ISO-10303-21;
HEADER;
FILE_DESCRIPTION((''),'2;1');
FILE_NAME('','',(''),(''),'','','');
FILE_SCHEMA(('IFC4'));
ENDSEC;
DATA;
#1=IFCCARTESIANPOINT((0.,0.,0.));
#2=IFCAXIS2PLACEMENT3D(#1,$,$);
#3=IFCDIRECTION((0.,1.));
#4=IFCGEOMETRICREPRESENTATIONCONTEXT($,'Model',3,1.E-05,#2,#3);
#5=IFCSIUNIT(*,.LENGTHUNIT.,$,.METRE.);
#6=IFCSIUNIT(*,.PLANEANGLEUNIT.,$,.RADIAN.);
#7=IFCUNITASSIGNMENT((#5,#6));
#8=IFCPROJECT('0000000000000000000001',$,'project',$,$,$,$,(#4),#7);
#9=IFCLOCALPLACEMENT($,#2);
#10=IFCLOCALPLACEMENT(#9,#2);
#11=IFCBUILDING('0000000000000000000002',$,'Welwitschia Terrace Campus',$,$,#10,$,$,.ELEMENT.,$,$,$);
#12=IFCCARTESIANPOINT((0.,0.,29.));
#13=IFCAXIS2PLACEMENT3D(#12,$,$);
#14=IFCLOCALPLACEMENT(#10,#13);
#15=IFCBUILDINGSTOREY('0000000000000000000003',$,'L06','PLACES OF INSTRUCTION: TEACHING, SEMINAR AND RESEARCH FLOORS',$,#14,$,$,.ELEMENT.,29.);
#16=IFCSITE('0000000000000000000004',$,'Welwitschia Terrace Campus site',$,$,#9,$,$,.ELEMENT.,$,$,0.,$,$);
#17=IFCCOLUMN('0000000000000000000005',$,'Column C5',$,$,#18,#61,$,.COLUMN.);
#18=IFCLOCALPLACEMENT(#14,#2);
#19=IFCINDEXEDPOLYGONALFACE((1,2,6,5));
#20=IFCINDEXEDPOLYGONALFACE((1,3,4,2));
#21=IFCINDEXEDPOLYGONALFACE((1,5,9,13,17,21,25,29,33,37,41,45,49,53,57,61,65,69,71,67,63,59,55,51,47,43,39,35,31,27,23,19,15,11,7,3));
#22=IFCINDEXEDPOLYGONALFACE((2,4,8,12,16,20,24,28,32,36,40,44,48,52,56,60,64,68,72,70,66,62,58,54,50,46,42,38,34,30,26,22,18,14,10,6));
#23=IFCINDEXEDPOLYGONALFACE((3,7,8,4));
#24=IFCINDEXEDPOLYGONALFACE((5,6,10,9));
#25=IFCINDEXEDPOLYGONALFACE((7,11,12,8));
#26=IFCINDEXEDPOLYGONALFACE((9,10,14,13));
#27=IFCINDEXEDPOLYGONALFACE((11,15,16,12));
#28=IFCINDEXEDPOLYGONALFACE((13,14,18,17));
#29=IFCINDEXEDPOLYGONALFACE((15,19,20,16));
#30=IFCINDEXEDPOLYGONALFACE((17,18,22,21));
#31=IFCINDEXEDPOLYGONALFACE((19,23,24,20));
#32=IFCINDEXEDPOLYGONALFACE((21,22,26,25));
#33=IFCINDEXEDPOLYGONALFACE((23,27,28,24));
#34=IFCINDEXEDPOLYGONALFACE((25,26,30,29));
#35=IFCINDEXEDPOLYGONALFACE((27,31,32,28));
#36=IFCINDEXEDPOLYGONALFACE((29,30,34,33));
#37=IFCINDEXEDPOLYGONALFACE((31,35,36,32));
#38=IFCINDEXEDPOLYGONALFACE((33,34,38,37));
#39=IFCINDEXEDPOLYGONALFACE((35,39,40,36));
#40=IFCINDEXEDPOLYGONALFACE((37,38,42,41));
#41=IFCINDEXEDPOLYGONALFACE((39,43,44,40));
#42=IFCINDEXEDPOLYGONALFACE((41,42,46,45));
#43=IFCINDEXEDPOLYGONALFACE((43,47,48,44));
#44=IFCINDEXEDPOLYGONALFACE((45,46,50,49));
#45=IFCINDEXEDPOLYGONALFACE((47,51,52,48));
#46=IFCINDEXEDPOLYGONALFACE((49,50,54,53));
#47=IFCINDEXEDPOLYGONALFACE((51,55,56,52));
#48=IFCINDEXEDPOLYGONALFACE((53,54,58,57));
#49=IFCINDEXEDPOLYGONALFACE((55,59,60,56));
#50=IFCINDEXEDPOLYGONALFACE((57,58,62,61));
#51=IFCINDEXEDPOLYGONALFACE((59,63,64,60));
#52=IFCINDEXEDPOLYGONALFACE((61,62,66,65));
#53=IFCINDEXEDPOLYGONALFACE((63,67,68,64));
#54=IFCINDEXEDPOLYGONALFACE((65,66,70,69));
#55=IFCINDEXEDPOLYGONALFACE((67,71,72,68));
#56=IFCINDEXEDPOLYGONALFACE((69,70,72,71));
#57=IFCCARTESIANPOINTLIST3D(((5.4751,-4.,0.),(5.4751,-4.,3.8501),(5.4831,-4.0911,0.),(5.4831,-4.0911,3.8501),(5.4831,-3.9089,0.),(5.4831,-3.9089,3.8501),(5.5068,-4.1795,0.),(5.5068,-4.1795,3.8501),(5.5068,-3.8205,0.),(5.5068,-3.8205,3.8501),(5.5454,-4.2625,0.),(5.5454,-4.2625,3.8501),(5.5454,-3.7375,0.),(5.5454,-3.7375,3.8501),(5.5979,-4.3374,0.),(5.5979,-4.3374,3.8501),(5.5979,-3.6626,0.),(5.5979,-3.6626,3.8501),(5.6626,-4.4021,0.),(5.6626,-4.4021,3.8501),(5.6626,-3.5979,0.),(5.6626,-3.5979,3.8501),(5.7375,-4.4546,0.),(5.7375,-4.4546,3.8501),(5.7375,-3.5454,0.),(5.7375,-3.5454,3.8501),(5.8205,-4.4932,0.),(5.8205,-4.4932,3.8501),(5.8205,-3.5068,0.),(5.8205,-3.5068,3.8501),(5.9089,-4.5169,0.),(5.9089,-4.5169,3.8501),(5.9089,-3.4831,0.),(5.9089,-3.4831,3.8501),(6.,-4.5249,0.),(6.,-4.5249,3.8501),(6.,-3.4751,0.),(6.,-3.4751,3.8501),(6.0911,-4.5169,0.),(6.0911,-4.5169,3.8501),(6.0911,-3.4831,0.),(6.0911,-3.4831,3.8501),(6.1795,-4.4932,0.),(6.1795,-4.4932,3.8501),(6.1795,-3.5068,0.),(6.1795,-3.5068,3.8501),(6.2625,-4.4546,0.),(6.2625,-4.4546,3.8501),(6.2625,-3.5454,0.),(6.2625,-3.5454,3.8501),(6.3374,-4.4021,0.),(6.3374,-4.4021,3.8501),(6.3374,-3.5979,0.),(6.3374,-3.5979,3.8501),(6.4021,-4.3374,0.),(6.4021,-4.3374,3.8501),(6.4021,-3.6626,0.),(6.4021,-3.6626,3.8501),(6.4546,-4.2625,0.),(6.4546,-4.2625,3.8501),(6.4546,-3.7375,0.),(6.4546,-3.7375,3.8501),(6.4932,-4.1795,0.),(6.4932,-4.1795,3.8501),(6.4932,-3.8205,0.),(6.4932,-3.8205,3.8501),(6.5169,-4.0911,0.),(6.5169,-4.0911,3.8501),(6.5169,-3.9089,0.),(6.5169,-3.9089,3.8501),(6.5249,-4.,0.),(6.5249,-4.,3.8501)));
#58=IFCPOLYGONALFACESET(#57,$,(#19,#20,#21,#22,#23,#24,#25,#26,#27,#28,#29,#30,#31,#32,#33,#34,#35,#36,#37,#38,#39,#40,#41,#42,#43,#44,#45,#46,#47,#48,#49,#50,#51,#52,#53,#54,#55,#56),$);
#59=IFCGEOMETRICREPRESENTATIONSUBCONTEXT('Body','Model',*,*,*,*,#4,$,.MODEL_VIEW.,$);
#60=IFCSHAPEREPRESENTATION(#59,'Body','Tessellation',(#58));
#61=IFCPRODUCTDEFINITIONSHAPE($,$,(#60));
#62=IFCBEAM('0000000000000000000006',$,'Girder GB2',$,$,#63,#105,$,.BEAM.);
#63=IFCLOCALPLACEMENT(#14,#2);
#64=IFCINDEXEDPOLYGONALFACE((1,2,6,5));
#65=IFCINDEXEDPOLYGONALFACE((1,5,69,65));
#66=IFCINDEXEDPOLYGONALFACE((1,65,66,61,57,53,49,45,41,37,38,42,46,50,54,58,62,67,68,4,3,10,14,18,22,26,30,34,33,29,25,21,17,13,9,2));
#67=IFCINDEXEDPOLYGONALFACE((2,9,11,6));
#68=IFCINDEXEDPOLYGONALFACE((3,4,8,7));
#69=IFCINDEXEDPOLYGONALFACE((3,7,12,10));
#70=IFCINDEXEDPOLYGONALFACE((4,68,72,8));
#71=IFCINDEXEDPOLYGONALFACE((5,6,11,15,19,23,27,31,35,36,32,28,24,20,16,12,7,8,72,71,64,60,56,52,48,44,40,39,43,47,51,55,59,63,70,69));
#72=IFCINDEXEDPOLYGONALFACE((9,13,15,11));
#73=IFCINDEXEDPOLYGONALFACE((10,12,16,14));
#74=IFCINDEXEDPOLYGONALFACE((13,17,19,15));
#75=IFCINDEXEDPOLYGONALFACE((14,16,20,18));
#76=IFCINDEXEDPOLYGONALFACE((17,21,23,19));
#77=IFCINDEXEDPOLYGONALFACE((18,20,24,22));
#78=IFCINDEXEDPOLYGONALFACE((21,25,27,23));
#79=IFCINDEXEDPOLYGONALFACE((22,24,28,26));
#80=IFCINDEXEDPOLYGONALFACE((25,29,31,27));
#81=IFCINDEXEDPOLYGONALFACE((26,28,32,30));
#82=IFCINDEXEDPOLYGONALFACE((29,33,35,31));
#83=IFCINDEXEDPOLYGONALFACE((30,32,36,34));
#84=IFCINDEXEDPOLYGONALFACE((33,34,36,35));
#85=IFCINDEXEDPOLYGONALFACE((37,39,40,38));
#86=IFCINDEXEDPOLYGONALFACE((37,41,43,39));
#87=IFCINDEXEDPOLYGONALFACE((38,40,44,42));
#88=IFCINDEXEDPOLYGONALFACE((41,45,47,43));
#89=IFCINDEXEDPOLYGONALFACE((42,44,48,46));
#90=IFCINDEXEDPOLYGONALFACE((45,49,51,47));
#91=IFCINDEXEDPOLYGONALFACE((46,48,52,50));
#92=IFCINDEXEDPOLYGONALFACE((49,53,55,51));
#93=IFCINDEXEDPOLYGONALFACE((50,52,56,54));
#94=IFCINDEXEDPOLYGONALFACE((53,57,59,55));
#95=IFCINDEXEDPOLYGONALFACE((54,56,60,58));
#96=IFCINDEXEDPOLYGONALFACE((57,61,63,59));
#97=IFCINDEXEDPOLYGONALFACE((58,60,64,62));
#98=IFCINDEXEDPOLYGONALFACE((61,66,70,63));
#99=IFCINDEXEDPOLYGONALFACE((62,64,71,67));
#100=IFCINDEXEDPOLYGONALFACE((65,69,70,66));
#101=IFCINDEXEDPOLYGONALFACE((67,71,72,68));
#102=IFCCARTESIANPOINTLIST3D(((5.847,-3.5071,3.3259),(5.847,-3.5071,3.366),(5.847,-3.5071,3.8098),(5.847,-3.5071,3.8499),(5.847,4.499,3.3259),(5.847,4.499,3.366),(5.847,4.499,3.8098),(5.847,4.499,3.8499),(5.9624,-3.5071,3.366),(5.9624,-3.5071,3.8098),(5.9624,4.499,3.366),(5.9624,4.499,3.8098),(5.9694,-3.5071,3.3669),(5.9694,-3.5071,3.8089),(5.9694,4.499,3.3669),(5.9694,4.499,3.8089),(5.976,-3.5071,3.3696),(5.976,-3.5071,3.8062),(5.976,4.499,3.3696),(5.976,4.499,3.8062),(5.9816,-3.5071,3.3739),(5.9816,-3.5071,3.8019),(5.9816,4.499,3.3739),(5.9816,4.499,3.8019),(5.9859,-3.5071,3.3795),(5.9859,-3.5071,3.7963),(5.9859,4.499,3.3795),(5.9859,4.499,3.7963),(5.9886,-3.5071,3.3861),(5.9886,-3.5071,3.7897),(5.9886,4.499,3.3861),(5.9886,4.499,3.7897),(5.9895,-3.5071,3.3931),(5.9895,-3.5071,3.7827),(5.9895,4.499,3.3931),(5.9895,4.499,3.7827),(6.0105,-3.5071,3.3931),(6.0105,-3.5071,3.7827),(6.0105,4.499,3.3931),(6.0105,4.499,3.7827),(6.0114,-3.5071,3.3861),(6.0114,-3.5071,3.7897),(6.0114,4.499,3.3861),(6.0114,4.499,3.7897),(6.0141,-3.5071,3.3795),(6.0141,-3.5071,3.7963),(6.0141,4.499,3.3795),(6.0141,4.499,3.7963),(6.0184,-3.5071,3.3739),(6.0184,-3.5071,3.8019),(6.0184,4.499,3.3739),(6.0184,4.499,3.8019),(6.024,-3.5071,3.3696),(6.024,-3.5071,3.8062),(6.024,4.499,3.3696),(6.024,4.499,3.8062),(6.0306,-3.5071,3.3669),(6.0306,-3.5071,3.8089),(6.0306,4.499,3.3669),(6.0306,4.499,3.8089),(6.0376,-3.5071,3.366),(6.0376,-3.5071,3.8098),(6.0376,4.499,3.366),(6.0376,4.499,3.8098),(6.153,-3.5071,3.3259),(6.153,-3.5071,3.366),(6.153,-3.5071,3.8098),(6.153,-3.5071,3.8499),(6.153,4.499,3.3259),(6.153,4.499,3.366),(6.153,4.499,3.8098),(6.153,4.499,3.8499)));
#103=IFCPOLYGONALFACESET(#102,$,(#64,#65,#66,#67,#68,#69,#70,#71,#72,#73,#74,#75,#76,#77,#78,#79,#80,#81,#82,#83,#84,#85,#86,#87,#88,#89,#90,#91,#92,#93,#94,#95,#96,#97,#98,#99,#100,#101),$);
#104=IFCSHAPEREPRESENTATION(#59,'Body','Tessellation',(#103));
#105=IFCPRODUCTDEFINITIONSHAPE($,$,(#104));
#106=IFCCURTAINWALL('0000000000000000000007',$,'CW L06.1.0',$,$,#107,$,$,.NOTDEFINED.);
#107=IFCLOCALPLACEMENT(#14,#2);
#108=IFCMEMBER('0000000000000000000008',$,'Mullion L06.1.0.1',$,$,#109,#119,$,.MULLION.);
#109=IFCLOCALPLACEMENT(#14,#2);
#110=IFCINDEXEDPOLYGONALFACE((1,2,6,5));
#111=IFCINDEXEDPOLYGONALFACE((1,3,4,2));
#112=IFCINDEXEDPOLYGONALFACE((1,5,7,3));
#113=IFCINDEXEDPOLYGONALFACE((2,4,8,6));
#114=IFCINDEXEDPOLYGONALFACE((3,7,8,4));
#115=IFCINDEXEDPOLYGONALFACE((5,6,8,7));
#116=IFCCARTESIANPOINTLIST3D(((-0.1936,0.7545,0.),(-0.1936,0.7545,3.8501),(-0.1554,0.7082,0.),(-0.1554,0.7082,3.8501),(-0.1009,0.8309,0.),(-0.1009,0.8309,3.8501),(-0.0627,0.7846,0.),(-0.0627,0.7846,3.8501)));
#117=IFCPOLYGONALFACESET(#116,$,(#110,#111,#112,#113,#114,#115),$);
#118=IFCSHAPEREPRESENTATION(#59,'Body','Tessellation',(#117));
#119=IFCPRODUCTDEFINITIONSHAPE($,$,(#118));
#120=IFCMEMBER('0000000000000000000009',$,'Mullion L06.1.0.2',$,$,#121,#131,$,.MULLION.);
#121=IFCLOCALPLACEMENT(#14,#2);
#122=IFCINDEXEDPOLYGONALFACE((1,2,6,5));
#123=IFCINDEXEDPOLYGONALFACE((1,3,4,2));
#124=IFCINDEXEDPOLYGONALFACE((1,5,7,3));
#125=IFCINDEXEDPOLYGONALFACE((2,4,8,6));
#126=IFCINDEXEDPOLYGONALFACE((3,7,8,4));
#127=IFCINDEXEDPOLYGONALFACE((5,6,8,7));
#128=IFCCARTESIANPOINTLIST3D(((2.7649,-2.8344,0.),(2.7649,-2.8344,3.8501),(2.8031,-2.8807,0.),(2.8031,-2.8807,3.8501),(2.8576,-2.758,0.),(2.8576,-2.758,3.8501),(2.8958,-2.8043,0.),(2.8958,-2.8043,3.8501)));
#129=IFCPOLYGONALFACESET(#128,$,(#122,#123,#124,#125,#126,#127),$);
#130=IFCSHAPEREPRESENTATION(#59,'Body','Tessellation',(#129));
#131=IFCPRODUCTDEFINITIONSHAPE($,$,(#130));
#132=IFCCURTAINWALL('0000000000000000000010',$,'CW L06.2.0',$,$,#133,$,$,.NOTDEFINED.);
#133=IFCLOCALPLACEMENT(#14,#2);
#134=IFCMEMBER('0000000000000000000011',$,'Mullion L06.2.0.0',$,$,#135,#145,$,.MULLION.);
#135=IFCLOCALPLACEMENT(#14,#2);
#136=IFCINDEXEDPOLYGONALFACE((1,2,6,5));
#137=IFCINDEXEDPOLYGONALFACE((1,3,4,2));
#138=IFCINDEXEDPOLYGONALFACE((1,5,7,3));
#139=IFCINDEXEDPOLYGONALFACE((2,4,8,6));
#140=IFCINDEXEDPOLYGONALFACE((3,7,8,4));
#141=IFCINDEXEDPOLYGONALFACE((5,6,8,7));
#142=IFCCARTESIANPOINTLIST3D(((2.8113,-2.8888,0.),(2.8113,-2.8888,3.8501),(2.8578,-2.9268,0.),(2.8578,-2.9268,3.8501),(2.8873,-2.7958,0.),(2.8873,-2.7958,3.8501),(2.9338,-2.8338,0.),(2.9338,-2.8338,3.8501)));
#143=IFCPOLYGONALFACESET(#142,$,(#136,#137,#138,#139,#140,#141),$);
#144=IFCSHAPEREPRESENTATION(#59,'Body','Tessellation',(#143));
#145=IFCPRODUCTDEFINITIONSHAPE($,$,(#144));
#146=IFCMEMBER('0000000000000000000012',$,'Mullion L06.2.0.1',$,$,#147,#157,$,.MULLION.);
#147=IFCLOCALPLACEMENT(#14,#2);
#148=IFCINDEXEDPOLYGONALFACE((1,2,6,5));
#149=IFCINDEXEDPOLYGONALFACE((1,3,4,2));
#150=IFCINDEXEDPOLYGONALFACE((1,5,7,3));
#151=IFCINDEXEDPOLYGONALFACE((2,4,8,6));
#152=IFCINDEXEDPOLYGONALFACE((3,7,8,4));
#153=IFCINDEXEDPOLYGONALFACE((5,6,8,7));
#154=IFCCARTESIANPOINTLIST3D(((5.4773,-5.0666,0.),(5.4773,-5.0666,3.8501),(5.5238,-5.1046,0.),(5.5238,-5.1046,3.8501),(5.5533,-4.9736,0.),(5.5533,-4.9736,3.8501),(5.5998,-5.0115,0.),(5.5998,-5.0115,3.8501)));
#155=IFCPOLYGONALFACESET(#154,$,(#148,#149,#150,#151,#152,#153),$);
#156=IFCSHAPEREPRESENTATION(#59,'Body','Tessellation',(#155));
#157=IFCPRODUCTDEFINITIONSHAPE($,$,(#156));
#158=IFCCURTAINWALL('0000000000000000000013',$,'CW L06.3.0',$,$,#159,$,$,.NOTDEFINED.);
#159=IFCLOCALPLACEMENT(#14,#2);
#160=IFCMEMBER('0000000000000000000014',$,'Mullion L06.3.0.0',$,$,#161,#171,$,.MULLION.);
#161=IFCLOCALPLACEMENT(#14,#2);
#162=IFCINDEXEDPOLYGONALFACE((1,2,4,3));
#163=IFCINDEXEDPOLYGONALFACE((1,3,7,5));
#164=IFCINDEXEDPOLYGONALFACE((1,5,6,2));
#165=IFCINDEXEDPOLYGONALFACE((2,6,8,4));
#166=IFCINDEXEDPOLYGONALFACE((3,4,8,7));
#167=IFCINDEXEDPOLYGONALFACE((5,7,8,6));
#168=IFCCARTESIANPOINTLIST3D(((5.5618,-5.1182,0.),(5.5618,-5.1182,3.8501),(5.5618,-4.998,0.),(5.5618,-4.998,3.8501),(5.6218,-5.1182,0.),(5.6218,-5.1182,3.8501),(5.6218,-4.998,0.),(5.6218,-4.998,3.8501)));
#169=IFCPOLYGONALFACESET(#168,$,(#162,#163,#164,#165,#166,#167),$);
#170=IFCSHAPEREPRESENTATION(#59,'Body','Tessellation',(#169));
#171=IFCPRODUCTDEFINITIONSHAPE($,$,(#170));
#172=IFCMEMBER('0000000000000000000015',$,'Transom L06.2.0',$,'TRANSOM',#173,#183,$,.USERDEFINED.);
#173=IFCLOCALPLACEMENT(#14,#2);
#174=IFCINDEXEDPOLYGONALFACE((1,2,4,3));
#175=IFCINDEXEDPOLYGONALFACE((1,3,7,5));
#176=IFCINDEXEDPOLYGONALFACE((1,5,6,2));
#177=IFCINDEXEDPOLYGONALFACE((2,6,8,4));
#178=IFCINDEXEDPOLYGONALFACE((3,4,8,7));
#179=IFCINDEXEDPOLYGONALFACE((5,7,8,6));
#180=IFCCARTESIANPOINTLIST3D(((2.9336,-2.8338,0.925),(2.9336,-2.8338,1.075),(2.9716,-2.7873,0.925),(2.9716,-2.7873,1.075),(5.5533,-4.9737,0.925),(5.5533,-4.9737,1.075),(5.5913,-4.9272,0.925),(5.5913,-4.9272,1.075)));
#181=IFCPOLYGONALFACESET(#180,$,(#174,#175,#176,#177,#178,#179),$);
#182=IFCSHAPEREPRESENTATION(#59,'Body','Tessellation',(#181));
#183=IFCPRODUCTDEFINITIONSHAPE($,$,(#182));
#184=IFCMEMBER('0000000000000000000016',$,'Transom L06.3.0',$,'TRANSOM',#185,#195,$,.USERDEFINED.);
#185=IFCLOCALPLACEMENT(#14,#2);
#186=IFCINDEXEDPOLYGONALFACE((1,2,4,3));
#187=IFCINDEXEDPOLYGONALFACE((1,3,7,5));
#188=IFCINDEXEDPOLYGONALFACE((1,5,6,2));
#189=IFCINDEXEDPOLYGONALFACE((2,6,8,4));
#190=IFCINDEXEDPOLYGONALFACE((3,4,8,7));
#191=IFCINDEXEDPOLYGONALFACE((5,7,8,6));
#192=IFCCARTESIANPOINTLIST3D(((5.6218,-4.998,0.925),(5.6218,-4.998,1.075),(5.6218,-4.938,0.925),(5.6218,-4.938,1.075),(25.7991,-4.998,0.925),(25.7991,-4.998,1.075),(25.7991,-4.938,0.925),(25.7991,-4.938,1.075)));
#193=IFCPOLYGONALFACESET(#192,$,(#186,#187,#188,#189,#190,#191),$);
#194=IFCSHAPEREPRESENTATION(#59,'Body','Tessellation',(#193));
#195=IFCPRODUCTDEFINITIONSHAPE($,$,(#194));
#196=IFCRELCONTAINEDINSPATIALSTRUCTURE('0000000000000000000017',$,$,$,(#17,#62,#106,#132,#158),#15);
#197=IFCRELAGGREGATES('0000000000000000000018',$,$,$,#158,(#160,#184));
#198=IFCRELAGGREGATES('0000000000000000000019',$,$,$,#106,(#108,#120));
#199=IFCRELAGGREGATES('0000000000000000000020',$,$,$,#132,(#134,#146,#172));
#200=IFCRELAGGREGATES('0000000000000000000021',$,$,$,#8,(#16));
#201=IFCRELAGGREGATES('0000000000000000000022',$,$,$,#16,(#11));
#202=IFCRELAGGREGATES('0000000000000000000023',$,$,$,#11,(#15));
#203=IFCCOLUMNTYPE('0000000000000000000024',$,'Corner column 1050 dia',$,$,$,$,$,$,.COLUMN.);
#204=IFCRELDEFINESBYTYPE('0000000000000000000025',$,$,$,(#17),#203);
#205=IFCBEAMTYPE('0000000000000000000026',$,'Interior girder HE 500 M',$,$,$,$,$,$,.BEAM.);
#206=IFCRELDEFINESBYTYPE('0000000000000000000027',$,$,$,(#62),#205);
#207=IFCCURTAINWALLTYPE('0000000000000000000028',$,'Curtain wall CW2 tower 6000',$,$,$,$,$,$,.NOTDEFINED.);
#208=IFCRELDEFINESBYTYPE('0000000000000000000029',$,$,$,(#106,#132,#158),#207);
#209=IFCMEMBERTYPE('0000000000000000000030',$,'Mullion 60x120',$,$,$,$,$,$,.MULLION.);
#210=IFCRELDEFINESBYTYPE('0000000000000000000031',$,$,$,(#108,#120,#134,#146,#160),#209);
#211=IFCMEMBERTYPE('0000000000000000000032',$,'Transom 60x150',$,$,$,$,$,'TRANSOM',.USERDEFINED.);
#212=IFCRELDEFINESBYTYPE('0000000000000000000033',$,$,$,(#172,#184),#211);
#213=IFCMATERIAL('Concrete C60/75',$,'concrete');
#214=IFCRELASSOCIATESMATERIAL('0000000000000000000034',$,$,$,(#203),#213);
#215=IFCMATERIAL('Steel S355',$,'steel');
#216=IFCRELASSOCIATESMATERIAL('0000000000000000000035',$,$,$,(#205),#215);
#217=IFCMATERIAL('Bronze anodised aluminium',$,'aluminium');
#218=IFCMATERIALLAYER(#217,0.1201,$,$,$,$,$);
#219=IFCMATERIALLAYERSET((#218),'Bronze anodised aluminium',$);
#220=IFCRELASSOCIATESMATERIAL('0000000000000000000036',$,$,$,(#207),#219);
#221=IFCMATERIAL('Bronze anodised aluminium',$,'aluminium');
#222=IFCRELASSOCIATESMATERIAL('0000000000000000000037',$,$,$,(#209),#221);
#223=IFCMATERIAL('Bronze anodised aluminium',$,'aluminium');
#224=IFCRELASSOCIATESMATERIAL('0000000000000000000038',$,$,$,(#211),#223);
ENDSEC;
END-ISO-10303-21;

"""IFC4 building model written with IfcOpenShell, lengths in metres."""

from ifc_helpers import new_model, si_unit, direction, frame, origin, origin_2d, place, context, subcontext, project, spatial, rectangle, circle, i_section, extrude, material, layer, layer_set, material_profile, profile_set, type_object, element, aggregate, save


model = new_model("IFC4")

# Units and contexts
model_context = context("Model", 3, precision=1e-05, world=origin(), true_north=direction((0.0, 1.0)))
body_context = subcontext(model_context, "Body", "Model", "MODEL_VIEW")
ifc_project = project(units=[si_unit("LENGTHUNIT", "METRE"), si_unit("PLANEANGLEUNIT", "RADIAN")], contexts=[model_context])

# Site, building, storey
site_placement = place(None, origin())
site = spatial("IfcSite", under=ifc_project, at=site_placement, Name="Welwitschia Terrace Campus site", CompositionType="ELEMENT", RefElevation=0.0)
building_placement = place(site_placement, origin())
building = spatial("IfcBuilding", under=site, at=building_placement, Name="Welwitschia Terrace Campus", CompositionType="ELEMENT")
storey_placement = place(building_placement, frame((0.0, 0.0, 29.0)))
storey = spatial("IfcBuildingStorey", under=building, at=storey_placement, Name="L06", Description="PLACES OF INSTRUCTION: TEACHING, SEMINAR AND RESEARCH FLOORS", CompositionType="ELEMENT", Elevation=29.0)

# Column
ifc_material_1 = material(Name="Concrete C60/75", Category="concrete")
ifc_material_profile_1 = material_profile(ifc_material_1, circle(Radius=0.5249, at=origin_2d()))
ifc_profile_set_1 = profile_set([ifc_material_profile_1], Name="Concrete C60/75")
column_type = type_object("IfcColumnType", Name="Corner column 1050 dia", PredefinedType="COLUMN", material=ifc_profile_set_1)
column_placement = place(storey_placement, frame((6.0, -4.0, 0.0), z_axis=(0.0, 0.0, 1.0), x_axis=(1.0, 0.0, 0.0)))
element("IfcColumn", 1, at=column_placement, inside=storey, type_object=column_type, Name="Column C5", PredefinedType="COLUMN", context=body_context, shape_type="SweptSolid", body=[
    extrude(circle(Radius=0.5249, at=origin_2d()), origin(), (0.0, 0.0, 1.0), 3.8501),
])

# Beam
ifc_material_2 = material(Name="Steel S355", Category="steel")
ifc_material_profile_2 = material_profile(ifc_material_2, i_section(OverallWidth=0.3059, OverallDepth=0.5239, WebThickness=0.021, FlangeThickness=0.04, FilletRadius=0.0271, at=origin_2d()))
ifc_profile_set_2 = profile_set([ifc_material_profile_2], Name="Steel S355")
beam_type = type_object("IfcBeamType", Name="Interior girder HE 500 M", PredefinedType="BEAM", material=ifc_profile_set_2)
beam_placement = place(storey_placement, frame((6.0, -3.5071, 3.5879), z_axis=(0.0, 1.0, 0.0), x_axis=(-1.0, 0.0, 0.0)))
element("IfcBeam", 2, at=beam_placement, inside=storey, type_object=beam_type, Name="Girder GB2", PredefinedType="BEAM", context=body_context, shape_type="SweptSolid", body=[
    extrude(i_section(OverallWidth=0.3059, OverallDepth=0.5239, WebThickness=0.021, FlangeThickness=0.04, FilletRadius=0.0271, at=origin_2d()), origin(), (0.0, 0.0, 1.0), 8.0061),
])

# Curtain walls, members
ifc_material_3 = material(Name="Bronze anodised aluminium", Category="aluminium")
ifc_layer_1 = layer(ifc_material_3, 0.1201)
ifc_layer_set_1 = layer_set([ifc_layer_1], Name="Bronze anodised aluminium")
curtain_wall_type = type_object("IfcCurtainWallType", Name="Curtain wall CW2 tower 6000", PredefinedType="NOTDEFINED", material=ifc_layer_set_1)
curtain_wall_1_placement = place(storey_placement, origin())
curtain_wall_1 = element("IfcCurtainWall", 3, at=curtain_wall_1_placement, inside=storey, type_object=curtain_wall_type, Name="CW L06.1.0", PredefinedType="NOTDEFINED")
ifc_material_4 = material(Name="Bronze anodised aluminium", Category="aluminium")
ifc_material_profile_3 = material_profile(ifc_material_4, rectangle(XDim=0.1201, YDim=0.0601, at=origin_2d()))
ifc_profile_set_3 = profile_set([ifc_material_profile_3], Name="Bronze anodised aluminium")
member_type_1 = type_object("IfcMemberType", Name="Mullion 60x120", PredefinedType="MULLION", material=ifc_profile_set_3)
member_1_placement = place(storey_placement, frame((-0.1282, 0.7695, 0.0), z_axis=(0.0, 0.0, 1.0), x_axis=(0.771625, 0.636078, 0.0)))
member_1 = element("IfcMember", 4, at=member_1_placement, type_object=member_type_1, Name="Mullion L06.1.0.1", PredefinedType="MULLION", context=body_context, shape_type="SweptSolid", body=[
    extrude(rectangle(XDim=0.1201, YDim=0.0601, at=origin_2d()), origin(), (0.0, 0.0, 1.0), 3.8501),
])
member_2_placement = place(storey_placement, frame((2.8303, -2.8193, 0.0), z_axis=(0.0, 0.0, 1.0), x_axis=(0.771625, 0.636078, 0.0)))
member_2 = element("IfcMember", 5, at=member_2_placement, type_object=member_type_1, Name="Mullion L06.1.0.2", PredefinedType="MULLION", context=body_context, shape_type="SweptSolid", body=[
    extrude(rectangle(XDim=0.1201, YDim=0.0601, at=origin_2d()), origin(), (0.0, 0.0, 1.0), 3.8501),
])
curtain_wall_2_placement = place(storey_placement, origin())
curtain_wall_2 = element("IfcCurtainWall", 6, at=curtain_wall_2_placement, inside=storey, type_object=curtain_wall_type, Name="CW L06.2.0", PredefinedType="NOTDEFINED")
member_3_placement = place(storey_placement, frame((2.8726, -2.8613, 0.0), z_axis=(0.0, 0.0, 1.0), x_axis=(0.632603, 0.774476, 0.0)))
member_3 = element("IfcMember", 7, at=member_3_placement, type_object=member_type_1, Name="Mullion L06.2.0.0", PredefinedType="MULLION", context=body_context, shape_type="SweptSolid", body=[
    extrude(rectangle(XDim=0.1201, YDim=0.0601, at=origin_2d()), origin(), (0.0, 0.0, 1.0), 3.8501),
])
member_4_placement = place(storey_placement, frame((5.5386, -5.0391, 0.0), z_axis=(0.0, 0.0, 1.0), x_axis=(0.632603, 0.774476, 0.0)))
member_4 = element("IfcMember", 8, at=member_4_placement, type_object=member_type_1, Name="Mullion L06.2.0.1", PredefinedType="MULLION", context=body_context, shape_type="SweptSolid", body=[
    extrude(rectangle(XDim=0.1201, YDim=0.0601, at=origin_2d()), origin(), (0.0, 0.0, 1.0), 3.8501),
])

# Curtain wall, member
curtain_wall_3_placement = place(storey_placement, origin())
curtain_wall_3 = element("IfcCurtainWall", 9, at=curtain_wall_3_placement, inside=storey, type_object=curtain_wall_type, Name="CW L06.3.0", PredefinedType="NOTDEFINED")
member_5_placement = place(storey_placement, frame((5.5918, -5.0581, 0.0), z_axis=(0.0, 0.0, 1.0), x_axis=(0.0, 1.0, 0.0)))
member_5 = element("IfcMember", 10, at=member_5_placement, type_object=member_type_1, Name="Mullion L06.3.0.0", PredefinedType="MULLION", context=body_context, shape_type="SweptSolid", body=[
    extrude(rectangle(XDim=0.1201, YDim=0.0601, at=origin_2d()), origin(), (0.0, 0.0, 1.0), 3.8501),
])

# Members
ifc_material_5 = material(Name="Bronze anodised aluminium", Category="aluminium")
ifc_material_profile_4 = material_profile(ifc_material_5, rectangle(XDim=0.0601, YDim=0.1499, at=origin_2d()))
ifc_profile_set_4 = profile_set([ifc_material_profile_4], Name="Bronze anodised aluminium")
member_type_2 = type_object("IfcMemberType", Name="Transom 60x150", ElementType="TRANSOM", PredefinedType="USERDEFINED", material=ifc_profile_set_4)
member_6_placement = place(storey_placement, frame((2.9526, -2.8105, 1.0), z_axis=(0.774456, -0.632628, 0.0), x_axis=(0.632628, 0.774456, 0.0)))
member_6 = element("IfcMember", 11, at=member_6_placement, type_object=member_type_2, Name="Transom L06.2.0", ObjectType="TRANSOM", PredefinedType="USERDEFINED", context=body_context, shape_type="SweptSolid", body=[
    extrude(rectangle(XDim=0.0601, YDim=0.1499, at=origin_2d()), origin(), (0.0, 0.0, 1.0), 3.3826),
])
member_7_placement = place(storey_placement, frame((5.6218, -4.968, 1.0), z_axis=(1.0, 0.0, 0.0), x_axis=(0.0, 1.0, 0.0)))
member_7 = element("IfcMember", 12, at=member_7_placement, type_object=member_type_2, Name="Transom L06.3.0", ObjectType="TRANSOM", PredefinedType="USERDEFINED", context=body_context, shape_type="SweptSolid", body=[
    extrude(rectangle(XDim=0.0601, YDim=0.1499, at=origin_2d()), origin(), (0.0, 0.0, 1.0), 20.1772),
])
aggregate(curtain_wall_3, [member_5, member_7])

aggregate(curtain_wall_1, [member_1, member_2])
aggregate(curtain_wall_2, [member_3, member_4, member_6])

save(model, "model.ifc")
